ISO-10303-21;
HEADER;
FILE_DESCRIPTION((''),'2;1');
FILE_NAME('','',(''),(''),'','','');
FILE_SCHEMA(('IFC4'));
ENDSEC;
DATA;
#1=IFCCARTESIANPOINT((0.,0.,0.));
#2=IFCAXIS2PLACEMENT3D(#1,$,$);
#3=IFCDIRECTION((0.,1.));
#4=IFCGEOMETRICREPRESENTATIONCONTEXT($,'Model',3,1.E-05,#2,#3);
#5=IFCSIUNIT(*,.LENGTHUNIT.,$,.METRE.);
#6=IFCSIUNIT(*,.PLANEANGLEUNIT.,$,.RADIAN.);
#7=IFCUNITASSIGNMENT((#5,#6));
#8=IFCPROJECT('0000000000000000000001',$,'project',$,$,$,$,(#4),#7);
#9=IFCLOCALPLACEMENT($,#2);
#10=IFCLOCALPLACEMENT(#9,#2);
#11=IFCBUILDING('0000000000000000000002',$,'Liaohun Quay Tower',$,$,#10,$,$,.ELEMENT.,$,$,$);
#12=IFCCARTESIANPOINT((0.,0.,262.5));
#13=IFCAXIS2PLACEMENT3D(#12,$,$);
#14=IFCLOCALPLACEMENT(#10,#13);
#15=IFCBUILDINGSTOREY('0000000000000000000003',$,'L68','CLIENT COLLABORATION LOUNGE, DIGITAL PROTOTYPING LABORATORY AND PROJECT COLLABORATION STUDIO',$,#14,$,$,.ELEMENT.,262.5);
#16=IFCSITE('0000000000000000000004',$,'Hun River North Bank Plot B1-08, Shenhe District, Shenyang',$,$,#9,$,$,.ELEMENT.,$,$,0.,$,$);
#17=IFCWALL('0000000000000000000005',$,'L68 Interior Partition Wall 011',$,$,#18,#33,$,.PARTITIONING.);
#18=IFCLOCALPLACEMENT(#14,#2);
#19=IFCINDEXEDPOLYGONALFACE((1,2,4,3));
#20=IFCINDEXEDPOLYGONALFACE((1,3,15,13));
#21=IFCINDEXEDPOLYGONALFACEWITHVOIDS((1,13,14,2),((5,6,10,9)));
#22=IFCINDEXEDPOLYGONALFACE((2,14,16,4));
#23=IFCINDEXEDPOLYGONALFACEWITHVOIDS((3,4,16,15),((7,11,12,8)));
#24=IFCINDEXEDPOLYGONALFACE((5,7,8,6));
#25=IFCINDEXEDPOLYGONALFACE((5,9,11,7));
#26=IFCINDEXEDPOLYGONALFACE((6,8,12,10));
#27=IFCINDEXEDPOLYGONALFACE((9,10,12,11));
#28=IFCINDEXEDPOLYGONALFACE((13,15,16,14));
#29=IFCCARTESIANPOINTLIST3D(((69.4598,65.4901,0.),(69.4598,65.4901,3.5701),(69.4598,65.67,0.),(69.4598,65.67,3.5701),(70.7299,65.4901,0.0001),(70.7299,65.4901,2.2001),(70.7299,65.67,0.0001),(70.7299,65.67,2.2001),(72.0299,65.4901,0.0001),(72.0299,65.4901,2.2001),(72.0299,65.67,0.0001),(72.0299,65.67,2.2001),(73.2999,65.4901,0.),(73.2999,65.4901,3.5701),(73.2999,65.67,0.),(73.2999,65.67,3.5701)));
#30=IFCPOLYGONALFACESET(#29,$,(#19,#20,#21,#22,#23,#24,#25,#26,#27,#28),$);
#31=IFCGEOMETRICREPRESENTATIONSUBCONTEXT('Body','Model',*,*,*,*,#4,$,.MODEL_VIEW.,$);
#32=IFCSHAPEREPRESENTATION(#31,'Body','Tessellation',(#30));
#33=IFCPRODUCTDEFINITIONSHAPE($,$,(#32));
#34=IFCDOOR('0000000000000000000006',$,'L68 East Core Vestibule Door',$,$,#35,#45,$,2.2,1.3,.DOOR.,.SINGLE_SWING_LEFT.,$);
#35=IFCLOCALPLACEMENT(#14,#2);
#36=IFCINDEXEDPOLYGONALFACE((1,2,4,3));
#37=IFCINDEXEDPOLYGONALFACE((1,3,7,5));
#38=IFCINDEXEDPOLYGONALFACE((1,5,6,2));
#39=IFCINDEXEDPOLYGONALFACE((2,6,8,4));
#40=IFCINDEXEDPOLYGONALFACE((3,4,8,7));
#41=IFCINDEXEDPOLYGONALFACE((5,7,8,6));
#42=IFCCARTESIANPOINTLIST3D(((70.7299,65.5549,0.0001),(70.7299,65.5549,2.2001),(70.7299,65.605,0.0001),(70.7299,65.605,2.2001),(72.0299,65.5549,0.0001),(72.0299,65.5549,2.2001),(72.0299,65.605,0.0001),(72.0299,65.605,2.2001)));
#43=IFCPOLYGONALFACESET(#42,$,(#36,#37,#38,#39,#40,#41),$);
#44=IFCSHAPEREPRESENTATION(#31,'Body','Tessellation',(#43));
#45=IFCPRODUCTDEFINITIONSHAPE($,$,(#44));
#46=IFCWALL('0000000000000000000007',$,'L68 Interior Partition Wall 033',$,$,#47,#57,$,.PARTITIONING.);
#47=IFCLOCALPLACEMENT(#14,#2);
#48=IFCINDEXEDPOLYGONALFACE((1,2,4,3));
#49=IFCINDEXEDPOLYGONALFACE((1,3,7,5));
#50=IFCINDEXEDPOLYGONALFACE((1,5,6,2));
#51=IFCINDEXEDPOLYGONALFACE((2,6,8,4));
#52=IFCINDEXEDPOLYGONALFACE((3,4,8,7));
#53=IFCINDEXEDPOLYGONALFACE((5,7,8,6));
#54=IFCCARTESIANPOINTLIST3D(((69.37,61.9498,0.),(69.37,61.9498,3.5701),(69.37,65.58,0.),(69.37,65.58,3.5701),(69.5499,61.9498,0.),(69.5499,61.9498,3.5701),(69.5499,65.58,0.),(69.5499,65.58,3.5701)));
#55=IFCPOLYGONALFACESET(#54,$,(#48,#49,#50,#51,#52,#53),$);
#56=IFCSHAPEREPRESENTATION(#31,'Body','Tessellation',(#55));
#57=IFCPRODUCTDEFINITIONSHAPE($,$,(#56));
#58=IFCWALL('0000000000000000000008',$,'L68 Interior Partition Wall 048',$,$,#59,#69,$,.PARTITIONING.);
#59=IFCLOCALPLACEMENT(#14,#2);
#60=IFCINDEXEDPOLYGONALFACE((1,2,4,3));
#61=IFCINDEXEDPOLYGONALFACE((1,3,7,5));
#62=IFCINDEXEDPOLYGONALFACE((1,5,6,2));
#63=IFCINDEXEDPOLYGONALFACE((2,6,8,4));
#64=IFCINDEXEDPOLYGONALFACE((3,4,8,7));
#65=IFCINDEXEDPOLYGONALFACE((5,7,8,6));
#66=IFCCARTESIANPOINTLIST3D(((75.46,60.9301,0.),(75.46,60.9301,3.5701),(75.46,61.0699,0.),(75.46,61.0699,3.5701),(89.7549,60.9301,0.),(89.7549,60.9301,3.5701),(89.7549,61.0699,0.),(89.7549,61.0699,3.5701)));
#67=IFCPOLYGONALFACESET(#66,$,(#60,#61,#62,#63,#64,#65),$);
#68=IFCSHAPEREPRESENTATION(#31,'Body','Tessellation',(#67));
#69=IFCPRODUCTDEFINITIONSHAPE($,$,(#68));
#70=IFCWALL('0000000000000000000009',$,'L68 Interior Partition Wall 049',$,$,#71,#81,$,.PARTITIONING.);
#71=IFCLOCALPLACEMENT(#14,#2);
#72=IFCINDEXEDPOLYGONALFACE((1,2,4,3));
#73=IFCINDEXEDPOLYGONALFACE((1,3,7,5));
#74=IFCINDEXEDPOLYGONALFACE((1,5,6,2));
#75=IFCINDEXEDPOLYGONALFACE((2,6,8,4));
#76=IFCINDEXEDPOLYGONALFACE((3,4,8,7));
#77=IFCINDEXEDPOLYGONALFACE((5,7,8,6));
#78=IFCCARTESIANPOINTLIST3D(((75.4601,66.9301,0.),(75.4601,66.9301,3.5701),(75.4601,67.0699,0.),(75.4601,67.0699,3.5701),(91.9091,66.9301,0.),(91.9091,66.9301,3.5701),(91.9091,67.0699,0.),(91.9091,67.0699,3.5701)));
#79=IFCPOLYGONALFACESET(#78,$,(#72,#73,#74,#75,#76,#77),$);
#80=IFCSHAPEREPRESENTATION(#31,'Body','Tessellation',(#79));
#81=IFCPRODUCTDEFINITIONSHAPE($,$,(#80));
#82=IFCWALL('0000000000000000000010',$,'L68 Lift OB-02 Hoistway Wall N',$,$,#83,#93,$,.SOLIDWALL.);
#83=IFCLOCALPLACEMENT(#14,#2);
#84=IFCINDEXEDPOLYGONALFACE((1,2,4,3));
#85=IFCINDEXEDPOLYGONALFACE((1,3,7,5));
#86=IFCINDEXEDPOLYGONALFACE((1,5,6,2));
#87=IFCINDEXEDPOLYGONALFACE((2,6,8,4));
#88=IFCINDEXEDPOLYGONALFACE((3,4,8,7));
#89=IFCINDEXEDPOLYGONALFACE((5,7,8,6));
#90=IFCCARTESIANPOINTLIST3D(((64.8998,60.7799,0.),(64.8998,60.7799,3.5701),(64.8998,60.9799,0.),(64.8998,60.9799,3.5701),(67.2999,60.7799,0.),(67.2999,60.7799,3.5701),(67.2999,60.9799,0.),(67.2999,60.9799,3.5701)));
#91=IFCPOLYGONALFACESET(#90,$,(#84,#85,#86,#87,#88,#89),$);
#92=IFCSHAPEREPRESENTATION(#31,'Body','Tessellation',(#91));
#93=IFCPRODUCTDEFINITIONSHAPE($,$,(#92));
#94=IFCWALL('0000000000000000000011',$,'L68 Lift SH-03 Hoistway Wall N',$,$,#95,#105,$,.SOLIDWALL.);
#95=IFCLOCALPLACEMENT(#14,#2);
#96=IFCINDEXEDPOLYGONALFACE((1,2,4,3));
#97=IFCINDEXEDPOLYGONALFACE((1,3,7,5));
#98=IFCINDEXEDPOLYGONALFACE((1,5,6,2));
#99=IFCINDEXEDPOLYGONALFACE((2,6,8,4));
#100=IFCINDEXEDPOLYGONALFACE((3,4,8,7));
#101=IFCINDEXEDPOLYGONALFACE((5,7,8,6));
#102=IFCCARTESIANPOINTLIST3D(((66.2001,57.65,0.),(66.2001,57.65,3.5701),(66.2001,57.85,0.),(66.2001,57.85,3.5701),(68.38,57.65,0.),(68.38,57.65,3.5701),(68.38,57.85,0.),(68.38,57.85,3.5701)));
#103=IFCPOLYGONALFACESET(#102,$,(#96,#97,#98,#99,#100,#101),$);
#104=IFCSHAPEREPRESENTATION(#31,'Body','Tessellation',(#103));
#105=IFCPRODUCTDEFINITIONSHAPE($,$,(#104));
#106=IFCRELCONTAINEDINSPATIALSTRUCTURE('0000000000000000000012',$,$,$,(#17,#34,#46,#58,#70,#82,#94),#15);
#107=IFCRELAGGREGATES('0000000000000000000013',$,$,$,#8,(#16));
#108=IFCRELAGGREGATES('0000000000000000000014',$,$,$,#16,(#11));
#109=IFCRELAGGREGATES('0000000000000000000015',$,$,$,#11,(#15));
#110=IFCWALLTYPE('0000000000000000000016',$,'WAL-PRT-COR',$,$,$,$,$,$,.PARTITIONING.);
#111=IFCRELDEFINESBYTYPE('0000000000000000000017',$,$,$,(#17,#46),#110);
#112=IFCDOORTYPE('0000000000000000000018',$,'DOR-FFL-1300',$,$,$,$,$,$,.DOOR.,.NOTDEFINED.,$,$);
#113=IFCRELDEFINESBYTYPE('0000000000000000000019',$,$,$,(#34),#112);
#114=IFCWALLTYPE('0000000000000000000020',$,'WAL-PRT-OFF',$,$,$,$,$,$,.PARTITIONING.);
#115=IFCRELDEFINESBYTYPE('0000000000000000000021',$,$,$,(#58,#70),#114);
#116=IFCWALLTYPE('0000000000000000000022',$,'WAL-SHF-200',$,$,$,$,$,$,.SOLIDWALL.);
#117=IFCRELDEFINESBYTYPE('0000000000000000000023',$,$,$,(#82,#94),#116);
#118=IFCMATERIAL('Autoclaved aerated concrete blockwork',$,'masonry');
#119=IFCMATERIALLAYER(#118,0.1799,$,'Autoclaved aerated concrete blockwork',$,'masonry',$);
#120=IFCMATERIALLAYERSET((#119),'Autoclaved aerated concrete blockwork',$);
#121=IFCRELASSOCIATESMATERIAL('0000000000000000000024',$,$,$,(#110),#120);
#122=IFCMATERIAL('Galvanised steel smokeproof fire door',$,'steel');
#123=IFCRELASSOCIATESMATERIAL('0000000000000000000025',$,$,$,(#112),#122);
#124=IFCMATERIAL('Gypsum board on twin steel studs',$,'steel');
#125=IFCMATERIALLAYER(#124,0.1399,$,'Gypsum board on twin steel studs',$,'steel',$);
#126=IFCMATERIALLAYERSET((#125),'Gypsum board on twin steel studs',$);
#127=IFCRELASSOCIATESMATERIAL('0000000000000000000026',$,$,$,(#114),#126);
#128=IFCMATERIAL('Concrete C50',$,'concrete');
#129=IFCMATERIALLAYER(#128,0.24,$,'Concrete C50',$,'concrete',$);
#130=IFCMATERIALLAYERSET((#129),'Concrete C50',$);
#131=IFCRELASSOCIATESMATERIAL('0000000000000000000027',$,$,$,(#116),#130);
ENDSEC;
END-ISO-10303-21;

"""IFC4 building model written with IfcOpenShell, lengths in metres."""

from ifc_helpers import new_model, si_unit, direction, frame, frame_2d, origin, place, context, subcontext, project, spatial, rectangle, extrude, source, transform, mapped, material, layer, layer_set, type_object, element, fill, save


model = new_model("IFC4")

# Units and contexts
model_context = context("Model", 3, precision=1e-05, world=origin(), true_north=direction((0.0, 1.0)))
body_context = subcontext(model_context, "Body", "Model", "MODEL_VIEW")
ifc_project = project(units=[si_unit("LENGTHUNIT", "METRE"), si_unit("PLANEANGLEUNIT", "RADIAN")], contexts=[model_context])

# Site, building, storey
site_placement = place(None, origin())
site = spatial("IfcSite", under=ifc_project, at=site_placement, Name="Hun River North Bank Plot B1-08, Shenhe District, Shenyang", CompositionType="ELEMENT", RefElevation=0.0)
building_placement = place(site_placement, origin())
building = spatial("IfcBuilding", under=site, at=building_placement, Name="Liaohun Quay Tower", CompositionType="ELEMENT")
storey_placement = place(building_placement, frame((0.0, 0.0, 262.5)))
storey = spatial("IfcBuildingStorey", under=building, at=storey_placement, Name="L68", Description="CLIENT COLLABORATION LOUNGE, DIGITAL PROTOTYPING LABORATORY AND PROJECT COLLABORATION STUDIO", CompositionType="ELEMENT", Elevation=262.5)

# Wall, opening, door
ifc_material_1 = material(Name="Autoclaved aerated concrete blockwork", Category="masonry")
ifc_layer_1 = layer(ifc_material_1, 0.1799, Name="Autoclaved aerated concrete blockwork", Category="masonry")
ifc_layer_set_1 = layer_set([ifc_layer_1], Name="Autoclaved aerated concrete blockwork")
wall_type_1 = type_object("IfcWallType", Name="WAL-PRT-COR", PredefinedType="PARTITIONING", material=ifc_layer_set_1)
wall_1_placement = place(storey_placement, frame((69.46, 65.5801, 0.0), z_axis=(0.0, 0.0, 1.0), x_axis=(1.0, 0.0, 0.0)))
wall_1 = element("IfcWall", 1, at=wall_1_placement, inside=storey, type_object=wall_type_1, Name="L68 Interior Partition Wall 011", PredefinedType="PARTITIONING", context=body_context, shape_type="SweptSolid", body=[
    extrude(rectangle(XDim=3.8401, YDim=0.1799, at=frame_2d((1.9199, 0.0))), origin(), (0.0, 0.0, 1.0), 3.5701),
])
shared_shape_1 = source(origin(), body_context, "Body", "SweptSolid", [
    extrude(rectangle(XDim=1.3, YDim=2.2, at=frame_2d((0.6499, 1.1001))), frame((0.0, 0.0999, 0.0), z_axis=(0.0, -1.0, 0.0), x_axis=(1.0, 0.0, 0.0)), (0.0, 0.0, 1.0), 0.2),
])
opening_1_placement = place(wall_1_placement, frame((1.27, 0.0, 0.0)))
opening_1 = element("IfcOpeningElement", 2, at=opening_1_placement, cuts=wall_1, PredefinedType="OPENING", context=body_context, shape_type="MappedRepresentation", body=[
    mapped(shared_shape_1, transform((0.0, 0.0, 0.0), x_axis=(1.0, 0.0, 0.0), y_axis=(0.0, 1.0, 0.0), z_axis=(0.0, 0.0, 1.0), scale=1.0)),
])
ifc_material_2 = material(Name="Galvanised steel smokeproof fire door", Category="steel")
door_type_1 = type_object("IfcDoorType", Name="DOR-FFL-1300", OperationType="NOTDEFINED", PredefinedType="DOOR", material=ifc_material_2)
shared_shape_2 = source(origin(), body_context, "Body", "SweptSolid", [
    extrude(rectangle(XDim=1.3, YDim=2.2, at=frame_2d((0.6499, 1.1001))), frame((0.0, 0.0249, 0.0), z_axis=(0.0, -1.0, 0.0), x_axis=(1.0, 0.0, 0.0)), (0.0, 0.0, 1.0), 0.05),
])
door_1_placement = place(opening_1_placement, origin())
door_1 = element("IfcDoor", 3, at=door_1_placement, inside=storey, type_object=door_type_1, Name="L68 East Core Vestibule Door", OperationType="SINGLE_SWING_LEFT", OverallHeight=2.2, OverallWidth=1.3, PredefinedType="DOOR", context=body_context, shape_type="MappedRepresentation", body=[
    mapped(shared_shape_2, transform((0.0, 0.0, 0.0), x_axis=(1.0, 0.0, 0.0), y_axis=(0.0, 1.0, 0.0), z_axis=(0.0, 0.0, 1.0), scale=1.0)),
])
fill(opening_1, door_1)

# Walls
wall_2_placement = place(storey_placement, frame((69.46, 61.95, 0.0), z_axis=(0.0, 0.0, 1.0), x_axis=(0.0, 1.0, 0.0)))
element("IfcWall", 4, at=wall_2_placement, inside=storey, type_object=wall_type_1, Name="L68 Interior Partition Wall 033", PredefinedType="PARTITIONING", context=body_context, shape_type="SweptSolid", body=[
    extrude(rectangle(XDim=3.6301, YDim=0.1799, at=frame_2d((1.8149, 0.0))), origin(), (0.0, 0.0, 1.0), 3.5701),
])
ifc_material_3 = material(Name="Gypsum board on twin steel studs", Category="steel")
ifc_layer_2 = layer(ifc_material_3, 0.1399, Name="Gypsum board on twin steel studs", Category="steel")
ifc_layer_set_2 = layer_set([ifc_layer_2], Name="Gypsum board on twin steel studs")
wall_type_2 = type_object("IfcWallType", Name="WAL-PRT-OFF", PredefinedType="PARTITIONING", material=ifc_layer_set_2)
wall_3_placement = place(storey_placement, frame((75.46, 61.0, 0.0), z_axis=(0.0, 0.0, 1.0), x_axis=(1.0, 0.0, 0.0)))
element("IfcWall", 5, at=wall_3_placement, inside=storey, type_object=wall_type_2, Name="L68 Interior Partition Wall 048", PredefinedType="PARTITIONING", context=body_context, shape_type="SweptSolid", body=[
    extrude(rectangle(XDim=14.2949, YDim=0.1399, at=frame_2d((7.1475, 0.0))), origin(), (0.0, 0.0, 1.0), 3.5701),
])
wall_4_placement = place(storey_placement, frame((75.46, 67.0, 0.0), z_axis=(0.0, 0.0, 1.0), x_axis=(1.0, 0.0, 0.0)))
element("IfcWall", 6, at=wall_4_placement, inside=storey, type_object=wall_type_2, Name="L68 Interior Partition Wall 049", PredefinedType="PARTITIONING", context=body_context, shape_type="SweptSolid", body=[
    extrude(rectangle(XDim=16.449, YDim=0.1399, at=frame_2d((8.2246, 0.0))), origin(), (0.0, 0.0, 1.0), 3.5701),
])
ifc_material_4 = material(Name="Concrete C50", Category="concrete")
ifc_layer_3 = layer(ifc_material_4, 0.24, Name="Concrete C50", Category="concrete")
ifc_layer_set_3 = layer_set([ifc_layer_3], Name="Concrete C50")
wall_type_3 = type_object("IfcWallType", Name="WAL-SHF-200", PredefinedType="SOLIDWALL", material=ifc_layer_set_3)
wall_5_placement = place(storey_placement, frame((67.3, 60.8799, 0.0), z_axis=(0.0, 0.0, 1.0), x_axis=(-1.0, 0.0, 0.0)))
element("IfcWall", 7, at=wall_5_placement, inside=storey, type_object=wall_type_3, Name="L68 Lift OB-02 Hoistway Wall N", PredefinedType="SOLIDWALL", context=body_context, shape_type="SweptSolid", body=[
    extrude(rectangle(XDim=2.4001, YDim=0.2, at=frame_2d((1.2002, 0.0))), origin(), (0.0, 0.0, 1.0), 3.5701),
])
wall_6_placement = place(storey_placement, frame((68.3799, 57.75, 0.0), z_axis=(0.0, 0.0, 1.0), x_axis=(-1.0, 0.0, 0.0)))
element("IfcWall", 8, at=wall_6_placement, inside=storey, type_object=wall_type_3, Name="L68 Lift SH-03 Hoistway Wall N", PredefinedType="SOLIDWALL", context=body_context, shape_type="SweptSolid", body=[
    extrude(rectangle(XDim=2.1799, YDim=0.2, at=frame_2d((1.0898, 0.0))), origin(), (0.0, 0.0, 1.0), 3.5701),
])

save(model, "model.ifc")
